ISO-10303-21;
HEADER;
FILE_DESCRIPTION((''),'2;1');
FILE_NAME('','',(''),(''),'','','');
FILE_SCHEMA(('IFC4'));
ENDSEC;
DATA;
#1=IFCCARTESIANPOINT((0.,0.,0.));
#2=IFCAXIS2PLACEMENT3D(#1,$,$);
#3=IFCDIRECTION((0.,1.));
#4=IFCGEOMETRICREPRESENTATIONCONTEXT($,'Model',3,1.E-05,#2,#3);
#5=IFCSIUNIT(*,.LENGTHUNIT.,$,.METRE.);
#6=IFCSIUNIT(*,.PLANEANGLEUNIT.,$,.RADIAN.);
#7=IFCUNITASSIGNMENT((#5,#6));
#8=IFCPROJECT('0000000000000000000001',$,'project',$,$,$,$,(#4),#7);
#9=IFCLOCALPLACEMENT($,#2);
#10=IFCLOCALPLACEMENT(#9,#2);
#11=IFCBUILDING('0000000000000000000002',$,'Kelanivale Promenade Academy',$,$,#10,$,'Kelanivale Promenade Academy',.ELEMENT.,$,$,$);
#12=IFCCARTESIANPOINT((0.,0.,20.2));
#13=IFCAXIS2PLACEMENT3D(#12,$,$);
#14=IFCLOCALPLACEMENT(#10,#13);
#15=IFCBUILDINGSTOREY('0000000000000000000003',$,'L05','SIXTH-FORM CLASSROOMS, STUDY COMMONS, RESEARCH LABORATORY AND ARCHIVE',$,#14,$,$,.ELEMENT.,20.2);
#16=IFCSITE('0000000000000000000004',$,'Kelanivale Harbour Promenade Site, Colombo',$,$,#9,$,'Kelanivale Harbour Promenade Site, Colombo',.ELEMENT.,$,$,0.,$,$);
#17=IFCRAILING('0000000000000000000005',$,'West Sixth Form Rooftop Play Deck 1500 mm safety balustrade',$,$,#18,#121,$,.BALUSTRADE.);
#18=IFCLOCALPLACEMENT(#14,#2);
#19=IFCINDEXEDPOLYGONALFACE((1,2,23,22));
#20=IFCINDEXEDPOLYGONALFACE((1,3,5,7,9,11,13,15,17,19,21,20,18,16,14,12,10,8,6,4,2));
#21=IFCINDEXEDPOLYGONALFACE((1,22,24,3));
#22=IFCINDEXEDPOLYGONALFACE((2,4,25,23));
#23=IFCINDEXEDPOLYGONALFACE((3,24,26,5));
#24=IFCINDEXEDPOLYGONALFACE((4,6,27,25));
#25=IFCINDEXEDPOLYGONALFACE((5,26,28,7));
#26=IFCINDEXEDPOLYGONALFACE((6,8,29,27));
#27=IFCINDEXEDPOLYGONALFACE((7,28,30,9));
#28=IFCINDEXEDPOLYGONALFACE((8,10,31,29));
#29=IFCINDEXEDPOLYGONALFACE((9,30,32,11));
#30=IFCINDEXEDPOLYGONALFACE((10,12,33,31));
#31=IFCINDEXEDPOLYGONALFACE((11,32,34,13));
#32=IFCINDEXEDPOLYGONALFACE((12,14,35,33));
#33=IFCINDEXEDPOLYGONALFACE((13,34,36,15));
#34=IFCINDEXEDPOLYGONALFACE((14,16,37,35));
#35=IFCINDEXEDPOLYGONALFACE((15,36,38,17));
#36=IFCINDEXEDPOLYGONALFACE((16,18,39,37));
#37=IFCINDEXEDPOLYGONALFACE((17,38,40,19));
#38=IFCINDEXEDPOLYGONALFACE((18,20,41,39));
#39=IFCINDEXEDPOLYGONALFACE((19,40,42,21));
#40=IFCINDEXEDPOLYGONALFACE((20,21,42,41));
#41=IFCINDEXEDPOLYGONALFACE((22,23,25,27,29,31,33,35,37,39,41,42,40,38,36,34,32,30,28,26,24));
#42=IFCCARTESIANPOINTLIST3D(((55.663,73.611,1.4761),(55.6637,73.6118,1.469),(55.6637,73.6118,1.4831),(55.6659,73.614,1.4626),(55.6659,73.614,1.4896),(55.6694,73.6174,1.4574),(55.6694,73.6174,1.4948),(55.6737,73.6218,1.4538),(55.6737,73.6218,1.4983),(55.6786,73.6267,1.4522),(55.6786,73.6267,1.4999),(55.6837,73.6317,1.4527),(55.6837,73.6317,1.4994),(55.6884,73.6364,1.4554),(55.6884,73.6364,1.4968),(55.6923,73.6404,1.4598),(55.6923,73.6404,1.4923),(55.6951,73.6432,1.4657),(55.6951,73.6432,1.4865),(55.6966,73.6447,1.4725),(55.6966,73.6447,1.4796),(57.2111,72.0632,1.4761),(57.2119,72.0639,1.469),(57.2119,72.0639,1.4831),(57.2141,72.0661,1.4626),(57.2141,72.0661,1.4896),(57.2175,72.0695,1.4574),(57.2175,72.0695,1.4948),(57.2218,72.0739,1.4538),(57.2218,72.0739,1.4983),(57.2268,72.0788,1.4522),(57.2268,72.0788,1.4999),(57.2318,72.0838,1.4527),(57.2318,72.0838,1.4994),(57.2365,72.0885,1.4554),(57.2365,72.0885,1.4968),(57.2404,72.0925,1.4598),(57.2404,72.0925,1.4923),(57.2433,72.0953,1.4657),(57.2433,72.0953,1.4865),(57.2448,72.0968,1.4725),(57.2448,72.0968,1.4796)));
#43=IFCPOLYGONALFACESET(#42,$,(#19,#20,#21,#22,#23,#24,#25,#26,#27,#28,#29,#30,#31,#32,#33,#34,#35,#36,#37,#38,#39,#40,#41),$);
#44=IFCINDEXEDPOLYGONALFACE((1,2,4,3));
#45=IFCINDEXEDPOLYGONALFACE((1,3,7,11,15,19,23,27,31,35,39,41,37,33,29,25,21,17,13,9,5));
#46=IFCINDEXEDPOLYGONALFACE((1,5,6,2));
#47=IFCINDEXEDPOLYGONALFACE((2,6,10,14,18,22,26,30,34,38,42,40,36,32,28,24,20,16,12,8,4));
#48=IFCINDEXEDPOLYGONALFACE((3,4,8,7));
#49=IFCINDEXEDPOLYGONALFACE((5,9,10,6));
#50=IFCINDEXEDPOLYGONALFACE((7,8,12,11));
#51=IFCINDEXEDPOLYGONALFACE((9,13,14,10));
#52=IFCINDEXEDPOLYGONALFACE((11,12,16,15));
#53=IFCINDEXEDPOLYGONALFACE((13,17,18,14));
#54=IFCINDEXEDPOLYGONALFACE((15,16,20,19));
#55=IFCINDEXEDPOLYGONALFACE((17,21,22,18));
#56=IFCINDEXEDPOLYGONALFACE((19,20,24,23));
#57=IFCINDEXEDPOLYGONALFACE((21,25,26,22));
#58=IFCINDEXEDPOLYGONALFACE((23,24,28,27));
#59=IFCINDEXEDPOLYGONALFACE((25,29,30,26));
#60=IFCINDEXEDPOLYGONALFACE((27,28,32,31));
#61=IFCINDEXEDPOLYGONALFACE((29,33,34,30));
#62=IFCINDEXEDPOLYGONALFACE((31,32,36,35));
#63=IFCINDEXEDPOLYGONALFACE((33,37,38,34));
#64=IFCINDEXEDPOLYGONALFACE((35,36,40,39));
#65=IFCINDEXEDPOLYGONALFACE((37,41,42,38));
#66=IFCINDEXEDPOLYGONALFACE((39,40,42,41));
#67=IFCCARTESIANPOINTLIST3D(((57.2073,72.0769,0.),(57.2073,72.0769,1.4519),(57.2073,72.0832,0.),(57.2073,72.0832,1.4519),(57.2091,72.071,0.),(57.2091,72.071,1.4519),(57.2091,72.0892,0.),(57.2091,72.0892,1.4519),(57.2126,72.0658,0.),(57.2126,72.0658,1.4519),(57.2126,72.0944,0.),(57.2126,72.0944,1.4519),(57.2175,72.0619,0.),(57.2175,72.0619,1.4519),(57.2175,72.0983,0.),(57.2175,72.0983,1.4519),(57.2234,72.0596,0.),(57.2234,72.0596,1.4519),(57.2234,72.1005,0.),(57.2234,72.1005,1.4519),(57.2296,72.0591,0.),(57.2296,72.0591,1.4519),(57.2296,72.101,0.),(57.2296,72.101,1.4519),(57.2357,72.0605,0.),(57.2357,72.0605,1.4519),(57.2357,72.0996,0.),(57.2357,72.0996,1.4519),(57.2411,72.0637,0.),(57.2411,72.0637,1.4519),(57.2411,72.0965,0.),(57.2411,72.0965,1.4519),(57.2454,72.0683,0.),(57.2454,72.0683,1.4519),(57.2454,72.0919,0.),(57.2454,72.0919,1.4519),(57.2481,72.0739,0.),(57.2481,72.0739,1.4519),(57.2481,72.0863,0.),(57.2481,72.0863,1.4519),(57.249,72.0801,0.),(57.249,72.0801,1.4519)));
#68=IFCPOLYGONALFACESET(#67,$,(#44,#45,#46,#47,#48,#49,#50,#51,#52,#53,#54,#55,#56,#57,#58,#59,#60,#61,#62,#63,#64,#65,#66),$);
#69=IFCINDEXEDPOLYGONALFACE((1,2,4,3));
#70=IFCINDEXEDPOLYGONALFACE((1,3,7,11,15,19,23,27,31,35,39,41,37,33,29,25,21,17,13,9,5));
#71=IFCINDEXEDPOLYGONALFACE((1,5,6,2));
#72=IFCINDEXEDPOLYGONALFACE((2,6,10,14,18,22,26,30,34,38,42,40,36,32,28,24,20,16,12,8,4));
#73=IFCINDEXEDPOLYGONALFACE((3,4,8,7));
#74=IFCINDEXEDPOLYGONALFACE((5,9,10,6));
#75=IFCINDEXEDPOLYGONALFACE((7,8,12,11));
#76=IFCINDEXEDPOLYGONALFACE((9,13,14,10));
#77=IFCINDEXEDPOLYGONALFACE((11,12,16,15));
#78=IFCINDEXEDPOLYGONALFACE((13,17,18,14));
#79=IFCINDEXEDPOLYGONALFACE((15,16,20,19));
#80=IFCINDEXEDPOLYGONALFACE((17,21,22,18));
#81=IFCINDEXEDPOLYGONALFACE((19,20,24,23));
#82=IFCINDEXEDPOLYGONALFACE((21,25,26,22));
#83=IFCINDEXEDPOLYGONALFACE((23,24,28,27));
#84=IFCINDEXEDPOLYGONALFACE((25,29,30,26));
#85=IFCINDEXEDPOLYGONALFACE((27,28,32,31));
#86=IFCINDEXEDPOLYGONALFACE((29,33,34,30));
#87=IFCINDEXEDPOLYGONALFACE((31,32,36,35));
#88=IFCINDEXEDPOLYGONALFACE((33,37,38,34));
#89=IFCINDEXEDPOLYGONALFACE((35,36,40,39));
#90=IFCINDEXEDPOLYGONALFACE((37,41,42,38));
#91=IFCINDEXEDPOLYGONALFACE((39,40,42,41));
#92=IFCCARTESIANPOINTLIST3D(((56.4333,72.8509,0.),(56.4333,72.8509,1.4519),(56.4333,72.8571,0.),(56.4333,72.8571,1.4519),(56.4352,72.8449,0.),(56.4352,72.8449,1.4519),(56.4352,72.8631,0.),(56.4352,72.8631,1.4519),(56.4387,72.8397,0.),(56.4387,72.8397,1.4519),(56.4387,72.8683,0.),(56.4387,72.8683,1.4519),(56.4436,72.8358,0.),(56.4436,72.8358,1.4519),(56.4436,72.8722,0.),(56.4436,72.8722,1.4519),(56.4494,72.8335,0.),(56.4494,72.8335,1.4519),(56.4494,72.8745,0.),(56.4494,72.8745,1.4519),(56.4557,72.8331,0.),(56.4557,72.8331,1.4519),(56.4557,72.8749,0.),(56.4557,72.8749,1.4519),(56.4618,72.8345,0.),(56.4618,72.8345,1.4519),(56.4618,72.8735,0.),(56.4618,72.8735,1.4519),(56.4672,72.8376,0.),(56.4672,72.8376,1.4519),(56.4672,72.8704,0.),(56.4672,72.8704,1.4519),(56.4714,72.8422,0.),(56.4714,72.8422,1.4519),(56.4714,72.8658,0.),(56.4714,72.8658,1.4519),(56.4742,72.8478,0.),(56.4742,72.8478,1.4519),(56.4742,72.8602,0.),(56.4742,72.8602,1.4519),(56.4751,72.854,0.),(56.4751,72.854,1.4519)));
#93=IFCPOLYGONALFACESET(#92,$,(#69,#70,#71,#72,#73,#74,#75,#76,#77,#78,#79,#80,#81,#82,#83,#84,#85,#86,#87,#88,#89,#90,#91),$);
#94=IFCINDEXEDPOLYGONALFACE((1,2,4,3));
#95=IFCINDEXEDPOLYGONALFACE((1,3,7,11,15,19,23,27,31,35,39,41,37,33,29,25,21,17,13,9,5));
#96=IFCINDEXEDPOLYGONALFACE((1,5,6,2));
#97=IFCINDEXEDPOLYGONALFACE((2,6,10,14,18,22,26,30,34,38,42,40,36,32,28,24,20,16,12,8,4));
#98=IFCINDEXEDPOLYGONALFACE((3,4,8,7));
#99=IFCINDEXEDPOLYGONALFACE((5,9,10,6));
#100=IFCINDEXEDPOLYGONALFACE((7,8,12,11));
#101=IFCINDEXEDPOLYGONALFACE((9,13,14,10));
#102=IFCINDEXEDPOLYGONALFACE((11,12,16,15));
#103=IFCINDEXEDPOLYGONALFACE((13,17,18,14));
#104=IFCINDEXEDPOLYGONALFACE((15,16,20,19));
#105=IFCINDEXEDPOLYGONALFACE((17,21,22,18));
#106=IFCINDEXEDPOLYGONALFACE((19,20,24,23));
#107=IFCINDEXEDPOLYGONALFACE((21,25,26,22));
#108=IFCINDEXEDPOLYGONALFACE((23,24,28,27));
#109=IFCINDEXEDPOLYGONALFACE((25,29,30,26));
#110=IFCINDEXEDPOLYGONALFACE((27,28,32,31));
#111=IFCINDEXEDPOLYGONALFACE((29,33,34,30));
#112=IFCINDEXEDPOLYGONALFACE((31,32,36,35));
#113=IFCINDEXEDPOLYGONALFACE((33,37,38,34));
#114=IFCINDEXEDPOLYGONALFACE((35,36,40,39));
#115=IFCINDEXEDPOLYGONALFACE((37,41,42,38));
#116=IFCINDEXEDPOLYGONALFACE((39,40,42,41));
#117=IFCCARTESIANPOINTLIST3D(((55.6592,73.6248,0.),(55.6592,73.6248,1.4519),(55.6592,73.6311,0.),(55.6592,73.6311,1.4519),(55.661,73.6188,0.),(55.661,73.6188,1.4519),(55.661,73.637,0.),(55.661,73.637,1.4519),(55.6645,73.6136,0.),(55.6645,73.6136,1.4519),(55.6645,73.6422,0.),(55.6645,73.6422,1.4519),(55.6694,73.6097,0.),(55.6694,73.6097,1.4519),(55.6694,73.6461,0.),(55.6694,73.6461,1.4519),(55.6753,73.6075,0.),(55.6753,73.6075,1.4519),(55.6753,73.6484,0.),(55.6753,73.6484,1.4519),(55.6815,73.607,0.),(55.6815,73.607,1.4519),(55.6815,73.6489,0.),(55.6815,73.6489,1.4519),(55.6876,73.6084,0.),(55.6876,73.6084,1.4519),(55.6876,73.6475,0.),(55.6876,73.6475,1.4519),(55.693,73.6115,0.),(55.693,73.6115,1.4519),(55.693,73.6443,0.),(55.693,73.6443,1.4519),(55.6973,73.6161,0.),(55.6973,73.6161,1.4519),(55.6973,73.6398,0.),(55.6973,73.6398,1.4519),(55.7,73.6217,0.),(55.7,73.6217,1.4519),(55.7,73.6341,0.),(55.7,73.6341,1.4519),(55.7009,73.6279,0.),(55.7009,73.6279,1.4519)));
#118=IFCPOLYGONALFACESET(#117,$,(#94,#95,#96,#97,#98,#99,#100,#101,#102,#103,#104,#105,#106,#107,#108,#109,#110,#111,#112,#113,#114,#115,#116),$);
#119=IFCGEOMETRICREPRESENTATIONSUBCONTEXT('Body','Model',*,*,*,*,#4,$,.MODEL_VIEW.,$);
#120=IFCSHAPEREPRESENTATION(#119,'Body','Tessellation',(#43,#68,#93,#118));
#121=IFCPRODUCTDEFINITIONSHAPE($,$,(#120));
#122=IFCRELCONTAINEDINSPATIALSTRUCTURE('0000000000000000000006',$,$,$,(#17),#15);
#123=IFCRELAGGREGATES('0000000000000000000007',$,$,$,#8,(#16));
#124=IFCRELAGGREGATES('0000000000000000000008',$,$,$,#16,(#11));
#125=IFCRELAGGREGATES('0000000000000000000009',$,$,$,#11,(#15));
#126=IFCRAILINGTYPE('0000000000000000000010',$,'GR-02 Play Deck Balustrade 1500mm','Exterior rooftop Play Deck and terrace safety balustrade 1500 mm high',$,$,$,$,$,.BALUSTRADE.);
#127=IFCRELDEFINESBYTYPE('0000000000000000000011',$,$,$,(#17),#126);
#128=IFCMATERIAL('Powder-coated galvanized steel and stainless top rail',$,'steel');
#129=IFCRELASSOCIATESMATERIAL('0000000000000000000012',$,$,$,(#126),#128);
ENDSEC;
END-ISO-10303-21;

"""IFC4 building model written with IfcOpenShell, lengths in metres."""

from ifc_helpers import new_model, si_unit, direction, frame, origin, origin_2d, place, context, subcontext, project, spatial, circle, extrude, material, type_object, element, save


model = new_model("IFC4")

# Units and contexts
model_context = context("Model", 3, precision=1e-05, world=origin(), true_north=direction((0.0, 1.0)))
body_context = subcontext(model_context, "Body", "Model", "MODEL_VIEW")
ifc_project = project(units=[si_unit("LENGTHUNIT", "METRE"), si_unit("PLANEANGLEUNIT", "RADIAN")], contexts=[model_context])

# Site, building, storey
site_placement = place(None, origin())
site = spatial("IfcSite", under=ifc_project, at=site_placement, Name="Kelanivale Harbour Promenade Site, Colombo", LongName="Kelanivale Harbour Promenade Site, Colombo", CompositionType="ELEMENT", RefElevation=0.0)
building_placement = place(site_placement, origin())
building = spatial("IfcBuilding", under=site, at=building_placement, Name="Kelanivale Promenade Academy", LongName="Kelanivale Promenade Academy", CompositionType="ELEMENT")
storey_placement = place(building_placement, frame((0.0, 0.0, 20.2)))
storey = spatial("IfcBuildingStorey", under=building, at=storey_placement, Name="L05", Description="SIXTH-FORM CLASSROOMS, STUDY COMMONS, RESEARCH LABORATORY AND ARCHIVE", CompositionType="ELEMENT", Elevation=20.2)

# Railing
ifc_material_1 = material(Name="Powder-coated galvanized steel and stainless top rail", Category="steel")
railing_type = type_object("IfcRailingType", Name="GR-02 Play Deck Balustrade 1500mm", Description="Exterior rooftop Play Deck and terrace safety balustrade 1500 mm high", PredefinedType="BALUSTRADE", material=ifc_material_1)
railing_1_placement = place(storey_placement, frame((57.228, 72.0801, 0.0)))
element("IfcRailing", 1, at=railing_1_placement, inside=storey, type_object=railing_type, Name="West Sixth Form Rooftop Play Deck 1500 mm safety balustrade", PredefinedType="BALUSTRADE", context=body_context, shape_type="SweptSolid", body=[
    extrude(circle(Radius=0.0239, at=origin_2d()), frame((0.0, 0.0, 1.4761), z_axis=(-0.707163, 0.707051, 0.0), x_axis=(-0.707051, -0.707163, 0.0)), (0.0, 0.0, 1.0), 2.1892),
    extrude(circle(Radius=0.021, at=origin_2d()), origin(), (0.0, 0.0, 1.0), 1.4519),
    extrude(circle(Radius=0.021, at=origin_2d()), frame((-0.7739, 0.7739, 0.0)), (0.0, 0.0, 1.0), 1.4519),
    extrude(circle(Radius=0.021, at=origin_2d()), frame((-1.5481, 1.5479, 0.0)), (0.0, 0.0, 1.0), 1.4519),
])

save(model, "model.ifc")
